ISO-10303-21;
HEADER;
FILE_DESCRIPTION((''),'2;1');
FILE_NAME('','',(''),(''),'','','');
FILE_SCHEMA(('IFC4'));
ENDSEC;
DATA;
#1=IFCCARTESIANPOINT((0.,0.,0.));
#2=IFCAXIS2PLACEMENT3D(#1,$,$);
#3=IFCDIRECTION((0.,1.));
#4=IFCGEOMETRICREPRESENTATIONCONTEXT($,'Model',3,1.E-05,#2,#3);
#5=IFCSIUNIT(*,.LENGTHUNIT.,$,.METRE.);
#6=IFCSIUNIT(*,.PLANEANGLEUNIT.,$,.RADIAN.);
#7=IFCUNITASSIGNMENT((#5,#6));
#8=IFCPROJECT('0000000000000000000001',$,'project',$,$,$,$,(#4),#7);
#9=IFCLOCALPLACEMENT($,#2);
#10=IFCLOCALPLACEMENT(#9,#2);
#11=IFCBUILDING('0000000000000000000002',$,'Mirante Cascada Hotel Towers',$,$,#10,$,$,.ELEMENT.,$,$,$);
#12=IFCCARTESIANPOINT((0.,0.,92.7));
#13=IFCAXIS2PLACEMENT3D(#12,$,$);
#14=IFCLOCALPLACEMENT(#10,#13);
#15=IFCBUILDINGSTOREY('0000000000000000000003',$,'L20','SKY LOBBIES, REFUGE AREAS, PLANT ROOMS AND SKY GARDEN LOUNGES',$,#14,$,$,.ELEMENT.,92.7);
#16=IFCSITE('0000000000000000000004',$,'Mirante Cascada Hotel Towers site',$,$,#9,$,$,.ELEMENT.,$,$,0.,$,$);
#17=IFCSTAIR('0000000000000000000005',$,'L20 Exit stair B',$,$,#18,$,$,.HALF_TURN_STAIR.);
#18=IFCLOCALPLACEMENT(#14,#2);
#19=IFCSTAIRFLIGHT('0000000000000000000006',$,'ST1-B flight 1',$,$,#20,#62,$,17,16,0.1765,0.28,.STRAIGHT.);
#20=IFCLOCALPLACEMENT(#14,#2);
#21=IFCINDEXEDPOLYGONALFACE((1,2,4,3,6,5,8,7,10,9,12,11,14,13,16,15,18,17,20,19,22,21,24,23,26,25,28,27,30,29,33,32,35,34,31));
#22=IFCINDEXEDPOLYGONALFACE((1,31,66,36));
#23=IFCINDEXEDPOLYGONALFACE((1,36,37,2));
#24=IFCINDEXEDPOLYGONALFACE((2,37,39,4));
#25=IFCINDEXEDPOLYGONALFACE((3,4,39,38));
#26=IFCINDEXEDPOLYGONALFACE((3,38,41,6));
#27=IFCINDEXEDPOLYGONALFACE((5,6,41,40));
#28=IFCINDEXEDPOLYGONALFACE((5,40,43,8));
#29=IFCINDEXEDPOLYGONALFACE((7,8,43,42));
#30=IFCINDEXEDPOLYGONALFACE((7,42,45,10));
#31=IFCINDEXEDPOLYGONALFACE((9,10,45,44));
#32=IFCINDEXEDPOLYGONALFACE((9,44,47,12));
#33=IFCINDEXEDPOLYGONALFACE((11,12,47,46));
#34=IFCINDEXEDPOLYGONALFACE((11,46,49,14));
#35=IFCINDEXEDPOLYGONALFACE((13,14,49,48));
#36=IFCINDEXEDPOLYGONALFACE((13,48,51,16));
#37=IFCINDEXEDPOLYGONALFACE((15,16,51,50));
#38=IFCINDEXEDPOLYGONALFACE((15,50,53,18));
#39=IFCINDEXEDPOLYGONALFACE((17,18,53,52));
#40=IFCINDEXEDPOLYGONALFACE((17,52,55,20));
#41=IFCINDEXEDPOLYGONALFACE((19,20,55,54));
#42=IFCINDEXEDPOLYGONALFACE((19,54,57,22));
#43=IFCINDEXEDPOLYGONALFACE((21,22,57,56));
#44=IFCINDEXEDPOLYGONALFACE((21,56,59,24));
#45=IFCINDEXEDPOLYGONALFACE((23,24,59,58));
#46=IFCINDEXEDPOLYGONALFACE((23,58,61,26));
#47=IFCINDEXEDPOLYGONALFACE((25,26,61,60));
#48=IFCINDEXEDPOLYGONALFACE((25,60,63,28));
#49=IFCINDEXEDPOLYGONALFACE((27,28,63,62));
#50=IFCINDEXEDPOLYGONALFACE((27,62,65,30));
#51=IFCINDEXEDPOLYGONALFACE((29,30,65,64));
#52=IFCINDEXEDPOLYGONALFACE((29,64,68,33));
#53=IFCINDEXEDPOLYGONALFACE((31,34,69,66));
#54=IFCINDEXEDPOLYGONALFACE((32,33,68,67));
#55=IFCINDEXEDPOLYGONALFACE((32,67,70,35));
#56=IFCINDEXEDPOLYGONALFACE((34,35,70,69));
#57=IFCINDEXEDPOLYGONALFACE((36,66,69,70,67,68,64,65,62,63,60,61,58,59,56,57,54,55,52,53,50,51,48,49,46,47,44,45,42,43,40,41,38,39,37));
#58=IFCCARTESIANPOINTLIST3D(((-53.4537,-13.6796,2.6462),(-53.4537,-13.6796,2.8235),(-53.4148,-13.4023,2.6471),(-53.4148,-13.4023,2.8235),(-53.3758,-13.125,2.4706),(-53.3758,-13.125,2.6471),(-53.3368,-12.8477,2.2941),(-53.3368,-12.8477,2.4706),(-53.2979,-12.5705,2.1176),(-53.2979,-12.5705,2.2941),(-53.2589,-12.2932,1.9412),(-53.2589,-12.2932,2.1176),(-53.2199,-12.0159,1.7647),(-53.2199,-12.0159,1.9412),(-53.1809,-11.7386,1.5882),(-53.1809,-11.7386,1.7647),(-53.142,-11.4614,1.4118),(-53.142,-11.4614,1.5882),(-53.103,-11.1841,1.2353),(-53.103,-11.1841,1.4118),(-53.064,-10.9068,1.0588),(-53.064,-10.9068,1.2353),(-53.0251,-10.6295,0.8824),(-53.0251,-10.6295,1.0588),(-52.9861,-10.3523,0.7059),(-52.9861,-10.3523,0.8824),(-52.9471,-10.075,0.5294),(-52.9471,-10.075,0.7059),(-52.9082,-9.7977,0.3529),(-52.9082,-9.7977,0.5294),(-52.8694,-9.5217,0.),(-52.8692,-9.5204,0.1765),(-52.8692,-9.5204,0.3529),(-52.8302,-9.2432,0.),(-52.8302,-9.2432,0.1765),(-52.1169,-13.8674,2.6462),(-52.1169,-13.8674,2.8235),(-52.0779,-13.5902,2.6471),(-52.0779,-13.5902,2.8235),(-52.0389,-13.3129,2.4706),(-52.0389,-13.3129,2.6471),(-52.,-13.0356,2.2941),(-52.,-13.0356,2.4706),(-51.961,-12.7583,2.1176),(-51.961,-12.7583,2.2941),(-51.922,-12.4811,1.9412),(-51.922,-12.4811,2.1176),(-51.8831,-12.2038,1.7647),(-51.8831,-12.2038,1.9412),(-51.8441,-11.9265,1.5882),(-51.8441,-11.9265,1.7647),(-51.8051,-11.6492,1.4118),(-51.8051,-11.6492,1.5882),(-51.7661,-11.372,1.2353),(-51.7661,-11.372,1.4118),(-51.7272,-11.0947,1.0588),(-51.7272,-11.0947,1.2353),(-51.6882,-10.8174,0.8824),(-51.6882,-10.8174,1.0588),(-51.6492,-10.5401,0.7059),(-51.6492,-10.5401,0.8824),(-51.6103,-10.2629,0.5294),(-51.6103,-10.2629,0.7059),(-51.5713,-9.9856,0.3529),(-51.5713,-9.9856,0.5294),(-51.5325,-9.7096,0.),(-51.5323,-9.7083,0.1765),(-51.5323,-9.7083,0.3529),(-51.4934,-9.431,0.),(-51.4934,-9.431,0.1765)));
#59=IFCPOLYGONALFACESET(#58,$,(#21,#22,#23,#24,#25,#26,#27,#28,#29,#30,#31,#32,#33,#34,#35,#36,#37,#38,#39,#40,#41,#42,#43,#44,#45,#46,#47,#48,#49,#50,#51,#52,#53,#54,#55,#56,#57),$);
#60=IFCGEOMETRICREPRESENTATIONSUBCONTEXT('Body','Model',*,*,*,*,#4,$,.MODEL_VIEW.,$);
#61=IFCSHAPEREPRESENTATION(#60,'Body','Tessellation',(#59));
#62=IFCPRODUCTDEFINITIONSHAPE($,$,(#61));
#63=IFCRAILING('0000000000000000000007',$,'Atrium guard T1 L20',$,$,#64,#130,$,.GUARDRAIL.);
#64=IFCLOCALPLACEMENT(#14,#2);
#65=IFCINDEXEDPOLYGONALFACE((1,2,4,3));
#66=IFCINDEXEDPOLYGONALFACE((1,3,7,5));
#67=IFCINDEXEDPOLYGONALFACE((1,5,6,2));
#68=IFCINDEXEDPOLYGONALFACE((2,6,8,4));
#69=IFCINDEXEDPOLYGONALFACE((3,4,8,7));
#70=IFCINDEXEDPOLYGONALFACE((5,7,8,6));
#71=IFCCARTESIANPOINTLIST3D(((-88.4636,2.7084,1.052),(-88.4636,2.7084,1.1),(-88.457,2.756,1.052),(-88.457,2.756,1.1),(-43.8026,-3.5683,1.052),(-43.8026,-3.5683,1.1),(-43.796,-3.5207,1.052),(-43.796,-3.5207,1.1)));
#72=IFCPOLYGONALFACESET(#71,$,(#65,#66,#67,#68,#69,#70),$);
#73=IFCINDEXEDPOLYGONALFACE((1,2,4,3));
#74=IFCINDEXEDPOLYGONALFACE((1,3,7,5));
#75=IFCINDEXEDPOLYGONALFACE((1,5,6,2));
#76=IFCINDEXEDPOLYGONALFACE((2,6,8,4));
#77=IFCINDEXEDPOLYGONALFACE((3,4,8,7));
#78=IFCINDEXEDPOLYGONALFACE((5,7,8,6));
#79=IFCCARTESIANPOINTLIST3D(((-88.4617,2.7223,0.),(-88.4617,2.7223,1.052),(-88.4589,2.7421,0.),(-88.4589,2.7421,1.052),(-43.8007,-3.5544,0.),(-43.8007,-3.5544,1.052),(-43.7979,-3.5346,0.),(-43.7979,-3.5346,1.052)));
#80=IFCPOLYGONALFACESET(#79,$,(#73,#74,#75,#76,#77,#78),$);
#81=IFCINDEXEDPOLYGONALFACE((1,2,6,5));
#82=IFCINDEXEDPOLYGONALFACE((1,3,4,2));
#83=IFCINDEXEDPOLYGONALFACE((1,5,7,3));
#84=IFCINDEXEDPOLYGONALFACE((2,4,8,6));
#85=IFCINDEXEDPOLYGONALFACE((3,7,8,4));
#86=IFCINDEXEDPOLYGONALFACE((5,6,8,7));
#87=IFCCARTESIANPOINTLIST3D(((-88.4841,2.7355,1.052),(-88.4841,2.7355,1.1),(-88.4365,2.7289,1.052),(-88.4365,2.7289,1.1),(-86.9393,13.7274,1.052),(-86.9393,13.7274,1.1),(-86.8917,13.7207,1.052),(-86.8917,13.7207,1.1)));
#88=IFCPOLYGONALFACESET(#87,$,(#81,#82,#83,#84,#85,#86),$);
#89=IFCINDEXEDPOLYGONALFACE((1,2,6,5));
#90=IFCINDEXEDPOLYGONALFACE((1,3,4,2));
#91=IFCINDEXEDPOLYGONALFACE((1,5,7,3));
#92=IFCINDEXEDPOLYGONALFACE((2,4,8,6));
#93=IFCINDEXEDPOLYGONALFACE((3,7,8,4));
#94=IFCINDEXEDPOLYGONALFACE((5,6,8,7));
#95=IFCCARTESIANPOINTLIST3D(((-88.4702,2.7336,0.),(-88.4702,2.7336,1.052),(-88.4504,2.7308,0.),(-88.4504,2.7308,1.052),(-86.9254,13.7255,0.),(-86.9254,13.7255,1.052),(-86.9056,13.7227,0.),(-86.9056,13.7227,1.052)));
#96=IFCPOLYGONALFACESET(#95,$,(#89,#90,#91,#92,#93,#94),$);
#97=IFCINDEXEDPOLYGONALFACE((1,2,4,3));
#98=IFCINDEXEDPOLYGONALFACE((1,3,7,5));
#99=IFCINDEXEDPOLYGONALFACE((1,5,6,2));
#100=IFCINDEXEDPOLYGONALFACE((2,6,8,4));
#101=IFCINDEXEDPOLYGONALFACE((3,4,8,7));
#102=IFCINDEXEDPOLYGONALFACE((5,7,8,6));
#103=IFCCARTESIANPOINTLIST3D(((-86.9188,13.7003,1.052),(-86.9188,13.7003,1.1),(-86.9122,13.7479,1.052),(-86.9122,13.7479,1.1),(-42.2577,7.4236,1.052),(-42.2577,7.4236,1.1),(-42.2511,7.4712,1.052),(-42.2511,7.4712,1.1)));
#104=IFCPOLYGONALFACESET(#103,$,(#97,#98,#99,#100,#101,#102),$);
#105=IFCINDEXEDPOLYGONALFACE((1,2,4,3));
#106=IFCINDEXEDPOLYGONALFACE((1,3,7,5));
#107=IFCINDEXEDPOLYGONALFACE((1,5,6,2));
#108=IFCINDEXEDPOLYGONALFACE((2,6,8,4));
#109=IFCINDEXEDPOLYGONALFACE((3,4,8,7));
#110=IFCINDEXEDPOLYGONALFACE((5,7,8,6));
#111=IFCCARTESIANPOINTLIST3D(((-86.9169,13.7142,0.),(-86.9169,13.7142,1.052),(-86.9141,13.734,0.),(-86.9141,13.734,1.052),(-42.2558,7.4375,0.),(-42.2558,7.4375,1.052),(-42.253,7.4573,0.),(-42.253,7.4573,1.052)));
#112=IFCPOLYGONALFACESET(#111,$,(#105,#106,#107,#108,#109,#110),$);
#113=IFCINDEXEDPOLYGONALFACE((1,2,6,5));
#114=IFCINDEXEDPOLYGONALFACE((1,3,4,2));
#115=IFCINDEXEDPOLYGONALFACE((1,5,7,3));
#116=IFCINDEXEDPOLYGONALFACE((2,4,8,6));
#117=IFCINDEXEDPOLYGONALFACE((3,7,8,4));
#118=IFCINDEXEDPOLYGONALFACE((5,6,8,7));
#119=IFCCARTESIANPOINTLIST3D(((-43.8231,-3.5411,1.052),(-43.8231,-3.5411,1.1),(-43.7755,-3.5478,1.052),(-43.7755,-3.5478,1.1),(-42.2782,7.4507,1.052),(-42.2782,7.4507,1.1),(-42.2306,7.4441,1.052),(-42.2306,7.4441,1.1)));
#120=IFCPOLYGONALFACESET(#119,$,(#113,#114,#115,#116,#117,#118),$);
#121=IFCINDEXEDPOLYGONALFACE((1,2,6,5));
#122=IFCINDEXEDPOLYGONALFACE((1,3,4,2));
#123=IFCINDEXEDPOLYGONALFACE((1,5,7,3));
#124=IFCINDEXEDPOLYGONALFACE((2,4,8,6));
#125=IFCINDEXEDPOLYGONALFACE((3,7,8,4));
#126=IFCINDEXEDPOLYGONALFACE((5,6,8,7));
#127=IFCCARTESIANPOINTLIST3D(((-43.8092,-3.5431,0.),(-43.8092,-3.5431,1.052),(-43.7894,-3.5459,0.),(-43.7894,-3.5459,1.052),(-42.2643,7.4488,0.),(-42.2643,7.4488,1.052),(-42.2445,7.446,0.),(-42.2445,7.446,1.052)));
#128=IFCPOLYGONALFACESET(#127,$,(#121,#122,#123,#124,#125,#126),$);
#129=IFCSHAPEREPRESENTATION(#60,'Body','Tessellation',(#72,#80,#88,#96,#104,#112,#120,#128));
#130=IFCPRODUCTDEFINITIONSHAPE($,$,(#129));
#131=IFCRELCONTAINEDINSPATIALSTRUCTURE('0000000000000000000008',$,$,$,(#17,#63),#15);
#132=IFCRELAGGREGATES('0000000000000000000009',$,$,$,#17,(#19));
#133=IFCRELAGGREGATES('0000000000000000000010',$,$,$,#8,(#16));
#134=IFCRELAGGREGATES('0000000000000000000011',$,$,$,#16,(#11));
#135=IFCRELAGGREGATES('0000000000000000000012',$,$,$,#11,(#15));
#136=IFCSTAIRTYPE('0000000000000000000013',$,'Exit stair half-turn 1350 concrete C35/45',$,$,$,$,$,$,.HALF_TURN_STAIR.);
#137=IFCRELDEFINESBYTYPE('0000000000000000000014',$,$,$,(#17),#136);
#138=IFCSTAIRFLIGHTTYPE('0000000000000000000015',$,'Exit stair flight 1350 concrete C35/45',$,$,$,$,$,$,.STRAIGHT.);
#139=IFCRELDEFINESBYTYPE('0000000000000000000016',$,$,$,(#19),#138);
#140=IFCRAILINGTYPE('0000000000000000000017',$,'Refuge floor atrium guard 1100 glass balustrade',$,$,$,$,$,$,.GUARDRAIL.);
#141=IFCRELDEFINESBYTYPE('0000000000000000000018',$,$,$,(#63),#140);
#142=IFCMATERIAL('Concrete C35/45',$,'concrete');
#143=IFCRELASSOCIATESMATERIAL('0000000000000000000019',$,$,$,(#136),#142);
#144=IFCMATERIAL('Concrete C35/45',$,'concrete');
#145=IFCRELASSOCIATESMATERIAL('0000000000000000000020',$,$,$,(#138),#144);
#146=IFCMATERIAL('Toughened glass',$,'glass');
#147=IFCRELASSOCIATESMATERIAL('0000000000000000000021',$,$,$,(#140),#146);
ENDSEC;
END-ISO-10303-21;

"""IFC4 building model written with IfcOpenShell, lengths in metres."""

from ifc_helpers import new_model, si_unit, direction, frame, origin, origin_2d, place, context, subcontext, project, spatial, polyline, rectangle, outline, extrude, material, type_object, element, aggregate, save


model = new_model("IFC4")

# Units and contexts
model_context = context("Model", 3, precision=1e-05, world=origin(), true_north=direction((0.0, 1.0)))
body_context = subcontext(model_context, "Body", "Model", "MODEL_VIEW")
ifc_project = project(units=[si_unit("LENGTHUNIT", "METRE"), si_unit("PLANEANGLEUNIT", "RADIAN")], contexts=[model_context])

# Site, building, storey
site_placement = place(None, origin())
site = spatial("IfcSite", under=ifc_project, at=site_placement, Name="Mirante Cascada Hotel Towers site", CompositionType="ELEMENT", RefElevation=0.0)
building_placement = place(site_placement, origin())
building = spatial("IfcBuilding", under=site, at=building_placement, Name="Mirante Cascada Hotel Towers", CompositionType="ELEMENT")
storey_placement = place(building_placement, frame((0.0, 0.0, 92.7)))
storey = spatial("IfcBuildingStorey", under=building, at=storey_placement, Name="L20", Description="SKY LOBBIES, REFUGE AREAS, PLANT ROOMS AND SKY GARDEN LOUNGES", CompositionType="ELEMENT", Elevation=92.7)

# Stair, stair flight
ifc_material_1 = material(Name="Concrete C35/45", Category="concrete")
stair_type = type_object("IfcStairType", Name="Exit stair half-turn 1350 concrete C35/45", PredefinedType="HALF_TURN_STAIR", material=ifc_material_1)
stair_placement = place(storey_placement, origin())
stair = element("IfcStair", 1, at=stair_placement, inside=storey, type_object=stair_type, Name="L20 Exit stair B", PredefinedType="HALF_TURN_STAIR")
ifc_material_2 = material(Name="Concrete C35/45", Category="concrete")
stair_flight_type = type_object("IfcStairFlightType", Name="Exit stair flight 1350 concrete C35/45", PredefinedType="STRAIGHT", material=ifc_material_2)
stair_flight_placement = place(storey_placement, frame((-52.1618, -9.3371, 0.0), z_axis=(0.0, 0.0, 1.0), x_axis=(-0.139173, -0.990268, 0.0)))
stair_flight = element("IfcStairFlight", 2, at=stair_flight_placement, type_object=stair_flight_type, Name="ST1-B flight 1", NumberOfRisers=17, NumberOfTreads=16, PredefinedType="STRAIGHT", RiserHeight=0.1765, TreadLength=0.28, context=body_context, shape_type="SweptSolid", body=[
    extrude(outline(polyline([(0.0, 0.0), (0.0, 0.1765), (0.28, 0.1765), (0.28, 0.3529), (0.56, 0.3529), (0.56, 0.5294), (0.84, 0.5294), (0.84, 0.7059), (1.12, 0.7059), (1.12, 0.8824), (1.4, 0.8824), (1.4, 1.0588), (1.68, 1.0588), (1.68, 1.2353), (1.96, 1.2353), (1.96, 1.4118), (2.24, 1.4118), (2.24, 1.5882), (2.52, 1.5882), (2.52, 1.7647), (2.8, 1.7647), (2.8, 1.9412), (3.08, 1.9412), (3.08, 2.1176), (3.36, 2.1176), (3.36, 2.2941), (3.64, 2.2941), (3.64, 2.4706), (3.92, 2.4706), (3.92, 2.6471), (4.2, 2.6471), (4.2, 2.8235), (4.48, 2.8235), (4.48, 3.0), (4.48, 2.6462), (0.2813, 0.0), (0.0, 0.0)])), frame((0.0, 0.675, 0.0), z_axis=(0.0, -1.0, 0.0), x_axis=(1.0, 0.0, 0.0)), (0.0, 0.0, 1.0), 1.35),
])
aggregate(stair, [stair_flight])

# Railing
ifc_material_3 = material(Name="Toughened glass", Category="glass")
railing_type_1 = type_object("IfcRailingType", Name="Refuge floor atrium guard 1100 glass balustrade", PredefinedType="GUARDRAIL", material=ifc_material_3)
railing_1_placement = place(storey_placement, frame((-43.7993, -3.5445, 0.0)))
element("IfcRailing", 3, at=railing_1_placement, inside=storey, type_object=railing_type_1, Name="Atrium guard T1 L20", PredefinedType="GUARDRAIL", context=body_context, shape_type="SweptSolid", body=[
    extrude(rectangle(XDim=0.048, YDim=0.048, at=origin_2d()), frame((0.0, 0.0, 1.076), z_axis=(-0.990268, 0.139173, 0.0), x_axis=(-0.139173, -0.990268, 0.0)), (0.0, 0.0, 1.0), 45.0999),
    extrude(rectangle(XDim=0.02, YDim=1.052, at=origin_2d()), frame((0.0, 0.0, 0.526), z_axis=(-0.990268, 0.139173, 0.0), x_axis=(-0.139173, -0.990268, 0.0)), (0.0, 0.0, 1.0), 45.0999),
    extrude(rectangle(XDim=0.048, YDim=0.048, at=origin_2d()), frame((-44.661, 6.2767, 1.076), z_axis=(0.139172, 0.990268, 0.0), x_axis=(-0.990268, 0.139172, 0.0)), (0.0, 0.0, 1.0), 11.0999),
    extrude(rectangle(XDim=0.02, YDim=1.052, at=origin_2d()), frame((-44.661, 6.2767, 0.526), z_axis=(0.139172, 0.990268, 0.0), x_axis=(-0.990268, 0.139172, 0.0)), (0.0, 0.0, 1.0), 11.0999),
    extrude(rectangle(XDim=0.048, YDim=0.048, at=origin_2d()), frame((-43.1162, 17.2686, 1.076), z_axis=(0.990268, -0.139173, 0.0), x_axis=(0.139173, 0.990268, 0.0)), (0.0, 0.0, 1.0), 45.1),
    extrude(rectangle(XDim=0.02, YDim=1.052, at=origin_2d()), frame((-43.1162, 17.2686, 0.526), z_axis=(0.990268, -0.139173, 0.0), x_axis=(0.139173, 0.990268, 0.0)), (0.0, 0.0, 1.0), 45.1),
    extrude(rectangle(XDim=0.048, YDim=0.048, at=origin_2d()), frame((1.5449, 10.9919, 1.076), z_axis=(-0.139181, -0.990267, 0.0), x_axis=(0.990267, -0.139181, 0.0)), (0.0, 0.0, 1.0), 11.0999),
    extrude(rectangle(XDim=0.02, YDim=1.052, at=origin_2d()), frame((1.5449, 10.9919, 0.526), z_axis=(-0.139181, -0.990267, 0.0), x_axis=(0.990267, -0.139181, 0.0)), (0.0, 0.0, 1.0), 11.0999),
])

save(model, "model.ifc")
